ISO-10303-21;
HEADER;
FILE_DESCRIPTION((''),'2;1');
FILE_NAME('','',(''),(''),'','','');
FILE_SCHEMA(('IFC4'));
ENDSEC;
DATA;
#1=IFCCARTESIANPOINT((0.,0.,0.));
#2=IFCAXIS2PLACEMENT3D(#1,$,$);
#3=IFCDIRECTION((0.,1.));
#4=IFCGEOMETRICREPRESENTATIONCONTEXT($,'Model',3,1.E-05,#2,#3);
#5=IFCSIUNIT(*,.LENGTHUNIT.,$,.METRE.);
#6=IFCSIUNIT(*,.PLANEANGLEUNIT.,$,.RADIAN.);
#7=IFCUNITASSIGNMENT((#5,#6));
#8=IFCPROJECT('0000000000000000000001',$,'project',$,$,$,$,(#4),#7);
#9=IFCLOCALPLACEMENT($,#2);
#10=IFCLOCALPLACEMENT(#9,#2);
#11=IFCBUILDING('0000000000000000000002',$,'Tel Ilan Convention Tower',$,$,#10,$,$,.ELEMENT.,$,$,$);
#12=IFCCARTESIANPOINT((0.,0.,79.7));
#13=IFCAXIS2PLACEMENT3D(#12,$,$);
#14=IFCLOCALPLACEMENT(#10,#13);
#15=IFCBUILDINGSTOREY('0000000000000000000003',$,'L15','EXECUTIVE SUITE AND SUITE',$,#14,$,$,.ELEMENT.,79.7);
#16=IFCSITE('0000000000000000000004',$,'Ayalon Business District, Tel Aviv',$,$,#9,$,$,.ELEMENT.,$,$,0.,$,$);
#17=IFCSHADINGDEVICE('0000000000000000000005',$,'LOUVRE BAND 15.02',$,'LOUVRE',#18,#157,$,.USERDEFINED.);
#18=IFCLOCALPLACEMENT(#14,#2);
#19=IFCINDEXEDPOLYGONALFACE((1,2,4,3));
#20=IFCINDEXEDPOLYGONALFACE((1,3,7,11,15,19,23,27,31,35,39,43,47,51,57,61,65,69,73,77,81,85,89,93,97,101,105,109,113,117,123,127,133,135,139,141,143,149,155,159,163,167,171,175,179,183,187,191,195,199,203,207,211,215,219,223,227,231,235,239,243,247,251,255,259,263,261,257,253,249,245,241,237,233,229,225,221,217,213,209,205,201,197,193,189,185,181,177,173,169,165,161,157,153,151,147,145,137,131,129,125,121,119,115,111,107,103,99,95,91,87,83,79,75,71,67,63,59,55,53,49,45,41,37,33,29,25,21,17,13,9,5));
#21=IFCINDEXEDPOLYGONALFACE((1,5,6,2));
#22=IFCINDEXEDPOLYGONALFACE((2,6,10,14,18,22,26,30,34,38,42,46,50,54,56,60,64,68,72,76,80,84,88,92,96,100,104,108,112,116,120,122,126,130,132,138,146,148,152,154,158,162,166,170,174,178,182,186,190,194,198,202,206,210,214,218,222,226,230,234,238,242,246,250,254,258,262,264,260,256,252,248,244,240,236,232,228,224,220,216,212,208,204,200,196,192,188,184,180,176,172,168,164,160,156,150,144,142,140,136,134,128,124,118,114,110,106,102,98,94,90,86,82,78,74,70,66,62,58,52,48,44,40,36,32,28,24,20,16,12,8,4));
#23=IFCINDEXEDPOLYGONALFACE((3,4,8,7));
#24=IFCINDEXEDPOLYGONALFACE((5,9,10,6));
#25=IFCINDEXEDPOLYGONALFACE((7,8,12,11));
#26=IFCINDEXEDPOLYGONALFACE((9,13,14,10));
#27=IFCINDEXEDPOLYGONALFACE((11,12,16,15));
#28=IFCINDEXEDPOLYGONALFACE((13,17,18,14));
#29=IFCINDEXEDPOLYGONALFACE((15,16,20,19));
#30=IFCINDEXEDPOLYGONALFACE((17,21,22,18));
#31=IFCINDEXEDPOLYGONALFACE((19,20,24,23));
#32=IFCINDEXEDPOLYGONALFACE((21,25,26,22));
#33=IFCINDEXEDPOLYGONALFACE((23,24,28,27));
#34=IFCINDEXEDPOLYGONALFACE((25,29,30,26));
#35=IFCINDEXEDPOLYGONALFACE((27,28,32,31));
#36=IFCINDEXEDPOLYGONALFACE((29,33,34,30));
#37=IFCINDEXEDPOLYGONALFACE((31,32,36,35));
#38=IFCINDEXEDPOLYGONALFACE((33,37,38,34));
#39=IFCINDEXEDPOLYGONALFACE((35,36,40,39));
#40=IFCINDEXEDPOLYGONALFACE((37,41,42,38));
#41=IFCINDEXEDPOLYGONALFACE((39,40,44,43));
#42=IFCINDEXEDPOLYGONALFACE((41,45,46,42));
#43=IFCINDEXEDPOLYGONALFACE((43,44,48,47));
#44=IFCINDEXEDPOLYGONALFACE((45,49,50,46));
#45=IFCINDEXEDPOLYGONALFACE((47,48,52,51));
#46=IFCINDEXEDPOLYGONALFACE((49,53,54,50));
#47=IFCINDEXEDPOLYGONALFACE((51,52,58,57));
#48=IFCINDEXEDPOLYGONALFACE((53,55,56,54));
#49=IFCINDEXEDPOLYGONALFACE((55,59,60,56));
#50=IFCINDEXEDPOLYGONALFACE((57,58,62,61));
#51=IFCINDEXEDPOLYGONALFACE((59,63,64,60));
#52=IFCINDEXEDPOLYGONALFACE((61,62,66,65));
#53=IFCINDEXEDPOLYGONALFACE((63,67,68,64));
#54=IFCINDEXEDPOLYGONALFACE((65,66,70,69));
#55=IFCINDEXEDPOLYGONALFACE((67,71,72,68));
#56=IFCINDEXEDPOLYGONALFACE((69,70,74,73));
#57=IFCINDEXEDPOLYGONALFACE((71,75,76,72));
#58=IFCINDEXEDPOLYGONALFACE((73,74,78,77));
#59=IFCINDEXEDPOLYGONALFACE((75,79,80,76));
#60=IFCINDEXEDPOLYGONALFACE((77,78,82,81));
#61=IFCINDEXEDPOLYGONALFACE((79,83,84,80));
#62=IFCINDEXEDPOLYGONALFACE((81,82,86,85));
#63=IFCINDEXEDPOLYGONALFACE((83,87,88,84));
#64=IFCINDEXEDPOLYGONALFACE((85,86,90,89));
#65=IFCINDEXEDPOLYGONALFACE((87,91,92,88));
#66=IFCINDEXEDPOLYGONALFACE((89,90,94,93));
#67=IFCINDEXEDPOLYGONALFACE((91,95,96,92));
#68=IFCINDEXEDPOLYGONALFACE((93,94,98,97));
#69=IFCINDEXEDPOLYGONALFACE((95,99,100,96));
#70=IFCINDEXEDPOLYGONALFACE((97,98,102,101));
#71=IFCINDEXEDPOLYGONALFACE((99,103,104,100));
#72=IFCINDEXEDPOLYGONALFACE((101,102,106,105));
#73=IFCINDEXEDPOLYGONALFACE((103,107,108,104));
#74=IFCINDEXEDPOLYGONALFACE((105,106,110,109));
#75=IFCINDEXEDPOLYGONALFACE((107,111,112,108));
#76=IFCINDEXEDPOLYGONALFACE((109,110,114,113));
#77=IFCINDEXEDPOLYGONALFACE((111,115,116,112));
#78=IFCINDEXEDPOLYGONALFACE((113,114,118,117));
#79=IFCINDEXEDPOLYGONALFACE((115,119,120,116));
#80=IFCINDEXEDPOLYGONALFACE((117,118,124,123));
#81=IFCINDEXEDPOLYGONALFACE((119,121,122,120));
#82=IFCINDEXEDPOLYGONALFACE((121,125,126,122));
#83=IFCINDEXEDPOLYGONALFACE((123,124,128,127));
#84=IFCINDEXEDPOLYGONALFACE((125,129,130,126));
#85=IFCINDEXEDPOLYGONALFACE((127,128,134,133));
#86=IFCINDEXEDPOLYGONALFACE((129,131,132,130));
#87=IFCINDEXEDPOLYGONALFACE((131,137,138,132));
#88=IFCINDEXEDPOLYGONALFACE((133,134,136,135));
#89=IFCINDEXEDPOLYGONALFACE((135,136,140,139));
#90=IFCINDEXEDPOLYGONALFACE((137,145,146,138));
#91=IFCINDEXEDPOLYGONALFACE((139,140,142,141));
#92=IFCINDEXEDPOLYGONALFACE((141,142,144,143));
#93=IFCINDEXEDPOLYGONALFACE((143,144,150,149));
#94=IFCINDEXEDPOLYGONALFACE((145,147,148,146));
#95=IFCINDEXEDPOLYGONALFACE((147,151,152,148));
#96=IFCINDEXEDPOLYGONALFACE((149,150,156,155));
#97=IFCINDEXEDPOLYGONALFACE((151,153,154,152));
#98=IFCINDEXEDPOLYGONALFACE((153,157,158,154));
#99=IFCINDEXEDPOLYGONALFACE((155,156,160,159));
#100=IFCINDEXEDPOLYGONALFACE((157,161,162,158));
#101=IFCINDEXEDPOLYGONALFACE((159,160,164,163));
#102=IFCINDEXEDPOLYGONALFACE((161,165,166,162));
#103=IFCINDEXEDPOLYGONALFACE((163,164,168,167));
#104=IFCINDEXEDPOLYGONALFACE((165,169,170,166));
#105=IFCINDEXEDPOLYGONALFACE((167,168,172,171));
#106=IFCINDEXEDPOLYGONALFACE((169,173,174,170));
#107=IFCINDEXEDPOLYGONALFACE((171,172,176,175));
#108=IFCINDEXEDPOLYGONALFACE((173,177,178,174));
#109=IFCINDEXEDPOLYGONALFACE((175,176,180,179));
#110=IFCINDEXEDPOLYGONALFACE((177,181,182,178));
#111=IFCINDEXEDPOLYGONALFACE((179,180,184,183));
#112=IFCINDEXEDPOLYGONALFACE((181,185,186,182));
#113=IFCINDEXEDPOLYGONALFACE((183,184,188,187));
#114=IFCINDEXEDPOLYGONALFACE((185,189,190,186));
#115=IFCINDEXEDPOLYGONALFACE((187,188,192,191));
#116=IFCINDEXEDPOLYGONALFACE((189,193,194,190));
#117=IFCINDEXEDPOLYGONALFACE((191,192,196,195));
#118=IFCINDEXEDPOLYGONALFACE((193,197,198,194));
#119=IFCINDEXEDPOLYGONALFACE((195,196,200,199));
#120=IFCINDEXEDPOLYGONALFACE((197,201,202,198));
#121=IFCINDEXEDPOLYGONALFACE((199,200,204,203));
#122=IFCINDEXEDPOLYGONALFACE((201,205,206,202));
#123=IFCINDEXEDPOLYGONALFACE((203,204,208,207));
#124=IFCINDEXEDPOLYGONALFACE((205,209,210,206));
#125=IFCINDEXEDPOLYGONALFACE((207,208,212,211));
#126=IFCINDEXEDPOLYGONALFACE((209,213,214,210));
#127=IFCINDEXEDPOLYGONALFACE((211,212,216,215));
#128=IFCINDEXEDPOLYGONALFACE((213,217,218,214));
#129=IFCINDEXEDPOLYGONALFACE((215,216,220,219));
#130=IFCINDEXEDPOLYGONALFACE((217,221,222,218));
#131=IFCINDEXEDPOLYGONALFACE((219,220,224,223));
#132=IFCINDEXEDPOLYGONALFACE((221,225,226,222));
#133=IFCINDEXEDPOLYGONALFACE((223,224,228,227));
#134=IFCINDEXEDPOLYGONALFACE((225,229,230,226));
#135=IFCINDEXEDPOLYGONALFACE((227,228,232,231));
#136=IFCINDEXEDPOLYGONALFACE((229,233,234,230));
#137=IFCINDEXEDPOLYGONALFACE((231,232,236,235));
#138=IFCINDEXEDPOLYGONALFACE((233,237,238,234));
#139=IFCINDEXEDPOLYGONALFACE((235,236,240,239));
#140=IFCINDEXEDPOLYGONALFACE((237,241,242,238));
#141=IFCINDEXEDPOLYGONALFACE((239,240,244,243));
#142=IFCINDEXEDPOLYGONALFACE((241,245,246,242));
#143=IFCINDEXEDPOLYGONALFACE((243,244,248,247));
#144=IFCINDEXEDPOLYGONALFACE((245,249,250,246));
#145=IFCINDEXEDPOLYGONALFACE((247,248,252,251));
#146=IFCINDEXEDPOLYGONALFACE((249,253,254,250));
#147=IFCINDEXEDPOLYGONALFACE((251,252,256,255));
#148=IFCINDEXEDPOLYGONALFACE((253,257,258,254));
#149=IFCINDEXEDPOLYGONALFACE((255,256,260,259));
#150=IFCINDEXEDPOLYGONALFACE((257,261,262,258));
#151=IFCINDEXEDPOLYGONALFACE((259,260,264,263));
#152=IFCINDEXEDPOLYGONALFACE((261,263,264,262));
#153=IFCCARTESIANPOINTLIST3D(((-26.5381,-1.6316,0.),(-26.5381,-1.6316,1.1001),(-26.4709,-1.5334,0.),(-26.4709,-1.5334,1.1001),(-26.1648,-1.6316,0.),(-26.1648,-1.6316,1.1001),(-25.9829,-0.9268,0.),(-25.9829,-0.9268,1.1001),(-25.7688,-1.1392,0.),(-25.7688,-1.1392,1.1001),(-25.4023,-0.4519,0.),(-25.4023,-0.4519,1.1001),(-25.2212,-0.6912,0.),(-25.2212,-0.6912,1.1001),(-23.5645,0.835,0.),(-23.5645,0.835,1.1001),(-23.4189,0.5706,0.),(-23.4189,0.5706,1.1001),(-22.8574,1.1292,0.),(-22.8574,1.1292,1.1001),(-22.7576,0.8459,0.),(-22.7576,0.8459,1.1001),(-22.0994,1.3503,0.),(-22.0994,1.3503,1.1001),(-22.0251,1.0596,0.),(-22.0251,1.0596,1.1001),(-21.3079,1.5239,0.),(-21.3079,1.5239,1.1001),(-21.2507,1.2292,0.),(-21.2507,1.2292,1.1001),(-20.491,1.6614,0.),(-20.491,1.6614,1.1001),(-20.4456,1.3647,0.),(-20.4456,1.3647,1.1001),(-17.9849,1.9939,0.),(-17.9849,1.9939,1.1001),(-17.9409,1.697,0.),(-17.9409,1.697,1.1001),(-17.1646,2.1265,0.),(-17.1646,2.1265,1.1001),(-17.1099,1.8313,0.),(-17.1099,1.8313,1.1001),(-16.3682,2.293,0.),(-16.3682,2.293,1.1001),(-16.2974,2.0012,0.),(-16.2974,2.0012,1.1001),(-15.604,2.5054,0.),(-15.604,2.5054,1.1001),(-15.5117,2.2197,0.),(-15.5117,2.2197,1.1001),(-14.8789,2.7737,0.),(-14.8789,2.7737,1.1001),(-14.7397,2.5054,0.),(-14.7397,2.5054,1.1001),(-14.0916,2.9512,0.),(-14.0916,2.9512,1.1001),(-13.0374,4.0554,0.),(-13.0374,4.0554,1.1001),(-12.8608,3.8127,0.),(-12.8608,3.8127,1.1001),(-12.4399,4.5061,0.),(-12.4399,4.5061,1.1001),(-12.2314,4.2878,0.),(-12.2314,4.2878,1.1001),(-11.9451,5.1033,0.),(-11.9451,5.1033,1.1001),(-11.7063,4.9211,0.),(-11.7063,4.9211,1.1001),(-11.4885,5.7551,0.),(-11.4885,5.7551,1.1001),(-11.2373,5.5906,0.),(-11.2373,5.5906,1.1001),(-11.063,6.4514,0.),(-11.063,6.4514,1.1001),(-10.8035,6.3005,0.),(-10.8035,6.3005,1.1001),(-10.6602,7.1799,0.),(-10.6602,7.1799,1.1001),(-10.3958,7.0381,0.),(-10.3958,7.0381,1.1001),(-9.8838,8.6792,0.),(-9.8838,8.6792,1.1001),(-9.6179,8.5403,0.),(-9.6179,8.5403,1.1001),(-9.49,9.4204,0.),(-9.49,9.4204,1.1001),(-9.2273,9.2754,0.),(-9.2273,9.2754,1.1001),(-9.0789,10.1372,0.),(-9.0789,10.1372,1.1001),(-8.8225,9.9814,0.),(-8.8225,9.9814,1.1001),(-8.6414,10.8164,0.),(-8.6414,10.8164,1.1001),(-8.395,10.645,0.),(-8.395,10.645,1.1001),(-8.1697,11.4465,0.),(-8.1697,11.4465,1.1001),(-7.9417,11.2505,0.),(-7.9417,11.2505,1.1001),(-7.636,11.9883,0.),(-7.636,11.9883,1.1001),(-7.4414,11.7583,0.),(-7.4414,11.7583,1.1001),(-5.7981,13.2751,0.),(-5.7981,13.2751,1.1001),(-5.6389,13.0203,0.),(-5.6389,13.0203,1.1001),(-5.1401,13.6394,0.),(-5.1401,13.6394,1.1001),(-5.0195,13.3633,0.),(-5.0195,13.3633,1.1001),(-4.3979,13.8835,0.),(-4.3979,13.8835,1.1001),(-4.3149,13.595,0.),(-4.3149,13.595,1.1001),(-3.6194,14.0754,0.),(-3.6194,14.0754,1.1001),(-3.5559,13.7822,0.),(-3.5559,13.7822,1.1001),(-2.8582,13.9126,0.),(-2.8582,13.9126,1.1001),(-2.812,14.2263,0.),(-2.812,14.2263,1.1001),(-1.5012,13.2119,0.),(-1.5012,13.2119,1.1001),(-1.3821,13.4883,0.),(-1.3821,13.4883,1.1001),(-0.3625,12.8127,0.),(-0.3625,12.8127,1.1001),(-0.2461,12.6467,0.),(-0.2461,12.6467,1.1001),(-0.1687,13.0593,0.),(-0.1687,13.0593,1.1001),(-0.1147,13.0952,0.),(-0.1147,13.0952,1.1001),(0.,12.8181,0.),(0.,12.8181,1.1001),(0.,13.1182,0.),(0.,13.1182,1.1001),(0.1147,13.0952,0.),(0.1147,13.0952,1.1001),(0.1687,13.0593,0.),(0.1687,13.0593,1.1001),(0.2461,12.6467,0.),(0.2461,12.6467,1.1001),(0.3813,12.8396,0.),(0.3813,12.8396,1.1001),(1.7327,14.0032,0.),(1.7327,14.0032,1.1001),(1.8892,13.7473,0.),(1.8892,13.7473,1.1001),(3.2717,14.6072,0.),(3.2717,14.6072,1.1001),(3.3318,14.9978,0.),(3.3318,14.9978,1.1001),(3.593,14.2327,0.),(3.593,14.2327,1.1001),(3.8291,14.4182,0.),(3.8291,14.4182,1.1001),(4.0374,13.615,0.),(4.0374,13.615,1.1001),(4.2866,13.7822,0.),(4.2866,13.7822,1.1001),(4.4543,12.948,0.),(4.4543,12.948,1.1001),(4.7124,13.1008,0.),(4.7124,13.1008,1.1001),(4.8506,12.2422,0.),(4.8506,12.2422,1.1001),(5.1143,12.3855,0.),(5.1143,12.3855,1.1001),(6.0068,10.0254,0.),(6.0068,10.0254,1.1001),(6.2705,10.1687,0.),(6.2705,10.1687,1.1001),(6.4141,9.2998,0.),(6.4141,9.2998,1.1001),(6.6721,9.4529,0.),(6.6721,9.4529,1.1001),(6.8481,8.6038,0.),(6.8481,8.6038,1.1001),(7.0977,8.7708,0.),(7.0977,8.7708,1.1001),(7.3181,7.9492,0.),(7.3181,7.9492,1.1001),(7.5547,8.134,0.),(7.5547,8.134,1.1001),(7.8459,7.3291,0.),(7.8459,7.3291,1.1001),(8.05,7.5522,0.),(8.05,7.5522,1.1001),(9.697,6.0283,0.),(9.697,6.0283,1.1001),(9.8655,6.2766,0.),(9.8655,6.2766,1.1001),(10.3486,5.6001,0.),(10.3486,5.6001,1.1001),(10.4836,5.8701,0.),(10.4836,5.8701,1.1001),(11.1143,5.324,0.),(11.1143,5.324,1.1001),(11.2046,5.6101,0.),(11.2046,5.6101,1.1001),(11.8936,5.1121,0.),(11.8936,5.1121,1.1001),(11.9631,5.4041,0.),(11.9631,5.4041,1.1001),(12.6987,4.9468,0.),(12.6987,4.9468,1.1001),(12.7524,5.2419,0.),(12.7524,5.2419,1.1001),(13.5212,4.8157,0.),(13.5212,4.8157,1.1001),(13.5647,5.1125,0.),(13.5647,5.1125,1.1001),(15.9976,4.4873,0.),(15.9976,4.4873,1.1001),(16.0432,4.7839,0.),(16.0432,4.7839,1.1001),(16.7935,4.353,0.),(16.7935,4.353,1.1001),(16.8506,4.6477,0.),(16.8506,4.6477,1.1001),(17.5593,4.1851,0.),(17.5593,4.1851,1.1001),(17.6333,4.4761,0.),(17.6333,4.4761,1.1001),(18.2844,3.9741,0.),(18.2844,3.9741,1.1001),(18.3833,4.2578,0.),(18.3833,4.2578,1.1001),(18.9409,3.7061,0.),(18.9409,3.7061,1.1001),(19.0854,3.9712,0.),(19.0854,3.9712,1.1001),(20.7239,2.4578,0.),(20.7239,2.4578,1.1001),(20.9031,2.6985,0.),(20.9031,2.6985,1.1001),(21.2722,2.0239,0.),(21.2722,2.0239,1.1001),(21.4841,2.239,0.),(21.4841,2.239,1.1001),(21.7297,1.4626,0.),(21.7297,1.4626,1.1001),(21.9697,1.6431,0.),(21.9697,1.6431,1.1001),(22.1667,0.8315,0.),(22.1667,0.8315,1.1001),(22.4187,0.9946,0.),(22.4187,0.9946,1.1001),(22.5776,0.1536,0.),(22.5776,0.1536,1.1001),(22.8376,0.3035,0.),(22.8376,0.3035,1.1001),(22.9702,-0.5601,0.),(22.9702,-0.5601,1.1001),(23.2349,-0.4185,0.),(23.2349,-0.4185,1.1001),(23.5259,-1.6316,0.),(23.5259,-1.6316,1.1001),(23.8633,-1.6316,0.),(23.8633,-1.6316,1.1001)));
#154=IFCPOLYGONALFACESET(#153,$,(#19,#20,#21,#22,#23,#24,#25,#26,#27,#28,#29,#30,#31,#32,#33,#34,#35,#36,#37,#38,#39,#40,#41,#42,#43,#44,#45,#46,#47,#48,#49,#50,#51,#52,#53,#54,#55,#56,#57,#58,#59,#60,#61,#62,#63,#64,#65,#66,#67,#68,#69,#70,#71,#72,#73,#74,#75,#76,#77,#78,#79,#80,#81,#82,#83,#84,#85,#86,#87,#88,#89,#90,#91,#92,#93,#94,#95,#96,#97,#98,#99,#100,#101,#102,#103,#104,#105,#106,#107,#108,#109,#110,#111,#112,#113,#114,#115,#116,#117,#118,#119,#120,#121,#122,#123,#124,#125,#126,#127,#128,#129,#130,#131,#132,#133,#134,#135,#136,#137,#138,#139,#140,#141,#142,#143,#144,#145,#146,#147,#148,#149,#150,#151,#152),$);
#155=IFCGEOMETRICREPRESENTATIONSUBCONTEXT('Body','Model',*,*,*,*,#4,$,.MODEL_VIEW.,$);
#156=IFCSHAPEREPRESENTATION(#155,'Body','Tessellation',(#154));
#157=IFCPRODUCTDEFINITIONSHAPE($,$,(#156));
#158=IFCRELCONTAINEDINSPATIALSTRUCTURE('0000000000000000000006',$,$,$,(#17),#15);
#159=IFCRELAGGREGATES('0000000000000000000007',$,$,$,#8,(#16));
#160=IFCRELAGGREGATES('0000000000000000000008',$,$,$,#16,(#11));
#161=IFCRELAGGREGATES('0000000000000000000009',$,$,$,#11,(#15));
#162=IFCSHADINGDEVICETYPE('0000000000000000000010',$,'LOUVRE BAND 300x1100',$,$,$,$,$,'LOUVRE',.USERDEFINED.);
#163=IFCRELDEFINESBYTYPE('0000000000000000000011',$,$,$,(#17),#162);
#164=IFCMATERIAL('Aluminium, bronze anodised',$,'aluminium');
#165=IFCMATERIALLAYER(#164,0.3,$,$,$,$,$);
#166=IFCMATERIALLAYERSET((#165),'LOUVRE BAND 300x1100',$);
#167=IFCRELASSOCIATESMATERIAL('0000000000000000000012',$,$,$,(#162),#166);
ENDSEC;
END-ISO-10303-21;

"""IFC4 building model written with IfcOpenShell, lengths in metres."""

from ifc_helpers import new_model, si_unit, direction, frame, origin, place, context, subcontext, project, spatial, polyline, outline, extrude, material, layer, layer_set, type_object, element, save


model = new_model("IFC4")

# Units and contexts
model_context = context("Model", 3, precision=1e-05, world=origin(), true_north=direction((0.0, 1.0)))
body_context = subcontext(model_context, "Body", "Model", "MODEL_VIEW")
ifc_project = project(units=[si_unit("LENGTHUNIT", "METRE"), si_unit("PLANEANGLEUNIT", "RADIAN")], contexts=[model_context])

# Site, building, storey
site_placement = place(None, origin())
site = spatial("IfcSite", under=ifc_project, at=site_placement, Name="Ayalon Business District, Tel Aviv", CompositionType="ELEMENT", RefElevation=0.0)
building_placement = place(site_placement, origin())
building = spatial("IfcBuilding", under=site, at=building_placement, Name="Tel Ilan Convention Tower", CompositionType="ELEMENT")
storey_placement = place(building_placement, frame((0.0, 0.0, 79.7)))
storey = spatial("IfcBuildingStorey", under=building, at=storey_placement, Name="L15", Description="EXECUTIVE SUITE AND SUITE", CompositionType="ELEMENT", Elevation=79.7)

# Shading device
ifc_material_1 = material(Name="Aluminium, bronze anodised", Category="aluminium")
ifc_layer_1 = layer(ifc_material_1, 0.3)
ifc_layer_set_1 = layer_set([ifc_layer_1], Name="LOUVRE BAND 300x1100")
shading_device_type = type_object("IfcShadingDeviceType", Name="LOUVRE BAND 300x1100", ElementType="LOUVRE", PredefinedType="USERDEFINED", material=ifc_layer_set_1)
shading_device_1_placement = place(storey_placement, origin())
element("IfcShadingDevice", 1, at=shading_device_1_placement, inside=storey, type_object=shading_device_type, Name="LOUVRE BAND 15.02", ObjectType="LOUVRE", PredefinedType="USERDEFINED", context=body_context, shape_type="SweptSolid", body=[
    extrude(outline(polyline([(-26.4709, -1.5334), (-26.5381, -1.6316), (-26.1648, -1.6316), (-25.7688, -1.1392), (-25.2212, -0.6912), (-23.4189, 0.5706), (-22.7576, 0.8459), (-22.0251, 1.0596), (-21.2507, 1.2292), (-20.4456, 1.3647), (-17.9409, 1.697), (-17.1099, 1.8313), (-16.2974, 2.0012), (-15.5117, 2.2197), (-14.7397, 2.5054), (-14.0916, 2.9512), (-12.8608, 3.8127), (-12.2314, 4.2878), (-11.7063, 4.9211), (-11.2373, 5.5906), (-10.8035, 6.3005), (-10.3958, 7.0381), (-9.6179, 8.5403), (-9.2273, 9.2754), (-8.8225, 9.9814), (-8.395, 10.645), (-7.9417, 11.2505), (-7.4414, 11.7583), (-5.6389, 13.0203), (-5.0195, 13.3633), (-4.3149, 13.595), (-3.5559, 13.7822), (-2.8582, 13.9126), (-1.5012, 13.2119), (-0.3625, 12.8127), (-0.2461, 12.6467), (0.0, 12.8181), (0.2461, 12.6467), (0.3813, 12.8396), (1.8892, 13.7473), (3.2717, 14.6072), (3.593, 14.2327), (4.0374, 13.615), (4.4543, 12.948), (4.8506, 12.2422), (6.0068, 10.0254), (6.4141, 9.2998), (6.8481, 8.6038), (7.3181, 7.9492), (7.8459, 7.3291), (9.697, 6.0283), (10.3486, 5.6001), (11.1143, 5.324), (11.8936, 5.1121), (12.6987, 4.9468), (13.5212, 4.8157), (15.9976, 4.4873), (16.7935, 4.353), (17.5593, 4.1851), (18.2844, 3.9741), (18.9409, 3.7061), (20.7239, 2.4578), (21.2722, 2.0239), (21.7297, 1.4626), (22.1667, 0.8315), (22.5776, 0.1536), (22.9702, -0.5601), (23.5259, -1.6316), (23.8633, -1.6316), (23.2349, -0.4185), (22.8376, 0.3035), (22.4187, 0.9946), (21.9697, 1.6431), (21.4841, 2.239), (20.9031, 2.6985), (19.0854, 3.9712), (18.3833, 4.2578), (17.6333, 4.4761), (16.8506, 4.6477), (16.0432, 4.7839), (13.5647, 5.1125), (12.7524, 5.2419), (11.9631, 5.4041), (11.2046, 5.6101), (10.4836, 5.8701), (9.8655, 6.2766), (8.05, 7.5522), (7.5547, 8.134), (7.0977, 8.7708), (6.6721, 9.4529), (6.2705, 10.1687), (5.1143, 12.3855), (4.7124, 13.1008), (4.2866, 13.7822), (3.8291, 14.4182), (3.3318, 14.9978), (1.7327, 14.0032), (0.1687, 13.0593), (0.1147, 13.0952), (0.0, 13.1182), (-0.1147, 13.0952), (-0.1687, 13.0593), (-1.3821, 13.4883), (-2.812, 14.2263), (-3.6194, 14.0754), (-4.3979, 13.8835), (-5.1401, 13.6394), (-5.7981, 13.2751), (-7.636, 11.9883), (-8.1697, 11.4465), (-8.6414, 10.8164), (-9.0789, 10.1372), (-9.49, 9.4204), (-9.8838, 8.6792), (-10.6602, 7.1799), (-11.063, 6.4514), (-11.4885, 5.7551), (-11.9451, 5.1033), (-12.4399, 4.5061), (-13.0374, 4.0554), (-14.8789, 2.7737), (-15.604, 2.5054), (-16.3682, 2.293), (-17.1646, 2.1265), (-17.9849, 1.9939), (-20.491, 1.6614), (-21.3079, 1.5239), (-22.0994, 1.3503), (-22.8574, 1.1292), (-23.5645, 0.835), (-25.4023, -0.4519), (-25.9829, -0.9268), (-26.4709, -1.5334)])), origin(), (0.0, 0.0, 1.0), 1.1001),
])

save(model, "model.ifc")
